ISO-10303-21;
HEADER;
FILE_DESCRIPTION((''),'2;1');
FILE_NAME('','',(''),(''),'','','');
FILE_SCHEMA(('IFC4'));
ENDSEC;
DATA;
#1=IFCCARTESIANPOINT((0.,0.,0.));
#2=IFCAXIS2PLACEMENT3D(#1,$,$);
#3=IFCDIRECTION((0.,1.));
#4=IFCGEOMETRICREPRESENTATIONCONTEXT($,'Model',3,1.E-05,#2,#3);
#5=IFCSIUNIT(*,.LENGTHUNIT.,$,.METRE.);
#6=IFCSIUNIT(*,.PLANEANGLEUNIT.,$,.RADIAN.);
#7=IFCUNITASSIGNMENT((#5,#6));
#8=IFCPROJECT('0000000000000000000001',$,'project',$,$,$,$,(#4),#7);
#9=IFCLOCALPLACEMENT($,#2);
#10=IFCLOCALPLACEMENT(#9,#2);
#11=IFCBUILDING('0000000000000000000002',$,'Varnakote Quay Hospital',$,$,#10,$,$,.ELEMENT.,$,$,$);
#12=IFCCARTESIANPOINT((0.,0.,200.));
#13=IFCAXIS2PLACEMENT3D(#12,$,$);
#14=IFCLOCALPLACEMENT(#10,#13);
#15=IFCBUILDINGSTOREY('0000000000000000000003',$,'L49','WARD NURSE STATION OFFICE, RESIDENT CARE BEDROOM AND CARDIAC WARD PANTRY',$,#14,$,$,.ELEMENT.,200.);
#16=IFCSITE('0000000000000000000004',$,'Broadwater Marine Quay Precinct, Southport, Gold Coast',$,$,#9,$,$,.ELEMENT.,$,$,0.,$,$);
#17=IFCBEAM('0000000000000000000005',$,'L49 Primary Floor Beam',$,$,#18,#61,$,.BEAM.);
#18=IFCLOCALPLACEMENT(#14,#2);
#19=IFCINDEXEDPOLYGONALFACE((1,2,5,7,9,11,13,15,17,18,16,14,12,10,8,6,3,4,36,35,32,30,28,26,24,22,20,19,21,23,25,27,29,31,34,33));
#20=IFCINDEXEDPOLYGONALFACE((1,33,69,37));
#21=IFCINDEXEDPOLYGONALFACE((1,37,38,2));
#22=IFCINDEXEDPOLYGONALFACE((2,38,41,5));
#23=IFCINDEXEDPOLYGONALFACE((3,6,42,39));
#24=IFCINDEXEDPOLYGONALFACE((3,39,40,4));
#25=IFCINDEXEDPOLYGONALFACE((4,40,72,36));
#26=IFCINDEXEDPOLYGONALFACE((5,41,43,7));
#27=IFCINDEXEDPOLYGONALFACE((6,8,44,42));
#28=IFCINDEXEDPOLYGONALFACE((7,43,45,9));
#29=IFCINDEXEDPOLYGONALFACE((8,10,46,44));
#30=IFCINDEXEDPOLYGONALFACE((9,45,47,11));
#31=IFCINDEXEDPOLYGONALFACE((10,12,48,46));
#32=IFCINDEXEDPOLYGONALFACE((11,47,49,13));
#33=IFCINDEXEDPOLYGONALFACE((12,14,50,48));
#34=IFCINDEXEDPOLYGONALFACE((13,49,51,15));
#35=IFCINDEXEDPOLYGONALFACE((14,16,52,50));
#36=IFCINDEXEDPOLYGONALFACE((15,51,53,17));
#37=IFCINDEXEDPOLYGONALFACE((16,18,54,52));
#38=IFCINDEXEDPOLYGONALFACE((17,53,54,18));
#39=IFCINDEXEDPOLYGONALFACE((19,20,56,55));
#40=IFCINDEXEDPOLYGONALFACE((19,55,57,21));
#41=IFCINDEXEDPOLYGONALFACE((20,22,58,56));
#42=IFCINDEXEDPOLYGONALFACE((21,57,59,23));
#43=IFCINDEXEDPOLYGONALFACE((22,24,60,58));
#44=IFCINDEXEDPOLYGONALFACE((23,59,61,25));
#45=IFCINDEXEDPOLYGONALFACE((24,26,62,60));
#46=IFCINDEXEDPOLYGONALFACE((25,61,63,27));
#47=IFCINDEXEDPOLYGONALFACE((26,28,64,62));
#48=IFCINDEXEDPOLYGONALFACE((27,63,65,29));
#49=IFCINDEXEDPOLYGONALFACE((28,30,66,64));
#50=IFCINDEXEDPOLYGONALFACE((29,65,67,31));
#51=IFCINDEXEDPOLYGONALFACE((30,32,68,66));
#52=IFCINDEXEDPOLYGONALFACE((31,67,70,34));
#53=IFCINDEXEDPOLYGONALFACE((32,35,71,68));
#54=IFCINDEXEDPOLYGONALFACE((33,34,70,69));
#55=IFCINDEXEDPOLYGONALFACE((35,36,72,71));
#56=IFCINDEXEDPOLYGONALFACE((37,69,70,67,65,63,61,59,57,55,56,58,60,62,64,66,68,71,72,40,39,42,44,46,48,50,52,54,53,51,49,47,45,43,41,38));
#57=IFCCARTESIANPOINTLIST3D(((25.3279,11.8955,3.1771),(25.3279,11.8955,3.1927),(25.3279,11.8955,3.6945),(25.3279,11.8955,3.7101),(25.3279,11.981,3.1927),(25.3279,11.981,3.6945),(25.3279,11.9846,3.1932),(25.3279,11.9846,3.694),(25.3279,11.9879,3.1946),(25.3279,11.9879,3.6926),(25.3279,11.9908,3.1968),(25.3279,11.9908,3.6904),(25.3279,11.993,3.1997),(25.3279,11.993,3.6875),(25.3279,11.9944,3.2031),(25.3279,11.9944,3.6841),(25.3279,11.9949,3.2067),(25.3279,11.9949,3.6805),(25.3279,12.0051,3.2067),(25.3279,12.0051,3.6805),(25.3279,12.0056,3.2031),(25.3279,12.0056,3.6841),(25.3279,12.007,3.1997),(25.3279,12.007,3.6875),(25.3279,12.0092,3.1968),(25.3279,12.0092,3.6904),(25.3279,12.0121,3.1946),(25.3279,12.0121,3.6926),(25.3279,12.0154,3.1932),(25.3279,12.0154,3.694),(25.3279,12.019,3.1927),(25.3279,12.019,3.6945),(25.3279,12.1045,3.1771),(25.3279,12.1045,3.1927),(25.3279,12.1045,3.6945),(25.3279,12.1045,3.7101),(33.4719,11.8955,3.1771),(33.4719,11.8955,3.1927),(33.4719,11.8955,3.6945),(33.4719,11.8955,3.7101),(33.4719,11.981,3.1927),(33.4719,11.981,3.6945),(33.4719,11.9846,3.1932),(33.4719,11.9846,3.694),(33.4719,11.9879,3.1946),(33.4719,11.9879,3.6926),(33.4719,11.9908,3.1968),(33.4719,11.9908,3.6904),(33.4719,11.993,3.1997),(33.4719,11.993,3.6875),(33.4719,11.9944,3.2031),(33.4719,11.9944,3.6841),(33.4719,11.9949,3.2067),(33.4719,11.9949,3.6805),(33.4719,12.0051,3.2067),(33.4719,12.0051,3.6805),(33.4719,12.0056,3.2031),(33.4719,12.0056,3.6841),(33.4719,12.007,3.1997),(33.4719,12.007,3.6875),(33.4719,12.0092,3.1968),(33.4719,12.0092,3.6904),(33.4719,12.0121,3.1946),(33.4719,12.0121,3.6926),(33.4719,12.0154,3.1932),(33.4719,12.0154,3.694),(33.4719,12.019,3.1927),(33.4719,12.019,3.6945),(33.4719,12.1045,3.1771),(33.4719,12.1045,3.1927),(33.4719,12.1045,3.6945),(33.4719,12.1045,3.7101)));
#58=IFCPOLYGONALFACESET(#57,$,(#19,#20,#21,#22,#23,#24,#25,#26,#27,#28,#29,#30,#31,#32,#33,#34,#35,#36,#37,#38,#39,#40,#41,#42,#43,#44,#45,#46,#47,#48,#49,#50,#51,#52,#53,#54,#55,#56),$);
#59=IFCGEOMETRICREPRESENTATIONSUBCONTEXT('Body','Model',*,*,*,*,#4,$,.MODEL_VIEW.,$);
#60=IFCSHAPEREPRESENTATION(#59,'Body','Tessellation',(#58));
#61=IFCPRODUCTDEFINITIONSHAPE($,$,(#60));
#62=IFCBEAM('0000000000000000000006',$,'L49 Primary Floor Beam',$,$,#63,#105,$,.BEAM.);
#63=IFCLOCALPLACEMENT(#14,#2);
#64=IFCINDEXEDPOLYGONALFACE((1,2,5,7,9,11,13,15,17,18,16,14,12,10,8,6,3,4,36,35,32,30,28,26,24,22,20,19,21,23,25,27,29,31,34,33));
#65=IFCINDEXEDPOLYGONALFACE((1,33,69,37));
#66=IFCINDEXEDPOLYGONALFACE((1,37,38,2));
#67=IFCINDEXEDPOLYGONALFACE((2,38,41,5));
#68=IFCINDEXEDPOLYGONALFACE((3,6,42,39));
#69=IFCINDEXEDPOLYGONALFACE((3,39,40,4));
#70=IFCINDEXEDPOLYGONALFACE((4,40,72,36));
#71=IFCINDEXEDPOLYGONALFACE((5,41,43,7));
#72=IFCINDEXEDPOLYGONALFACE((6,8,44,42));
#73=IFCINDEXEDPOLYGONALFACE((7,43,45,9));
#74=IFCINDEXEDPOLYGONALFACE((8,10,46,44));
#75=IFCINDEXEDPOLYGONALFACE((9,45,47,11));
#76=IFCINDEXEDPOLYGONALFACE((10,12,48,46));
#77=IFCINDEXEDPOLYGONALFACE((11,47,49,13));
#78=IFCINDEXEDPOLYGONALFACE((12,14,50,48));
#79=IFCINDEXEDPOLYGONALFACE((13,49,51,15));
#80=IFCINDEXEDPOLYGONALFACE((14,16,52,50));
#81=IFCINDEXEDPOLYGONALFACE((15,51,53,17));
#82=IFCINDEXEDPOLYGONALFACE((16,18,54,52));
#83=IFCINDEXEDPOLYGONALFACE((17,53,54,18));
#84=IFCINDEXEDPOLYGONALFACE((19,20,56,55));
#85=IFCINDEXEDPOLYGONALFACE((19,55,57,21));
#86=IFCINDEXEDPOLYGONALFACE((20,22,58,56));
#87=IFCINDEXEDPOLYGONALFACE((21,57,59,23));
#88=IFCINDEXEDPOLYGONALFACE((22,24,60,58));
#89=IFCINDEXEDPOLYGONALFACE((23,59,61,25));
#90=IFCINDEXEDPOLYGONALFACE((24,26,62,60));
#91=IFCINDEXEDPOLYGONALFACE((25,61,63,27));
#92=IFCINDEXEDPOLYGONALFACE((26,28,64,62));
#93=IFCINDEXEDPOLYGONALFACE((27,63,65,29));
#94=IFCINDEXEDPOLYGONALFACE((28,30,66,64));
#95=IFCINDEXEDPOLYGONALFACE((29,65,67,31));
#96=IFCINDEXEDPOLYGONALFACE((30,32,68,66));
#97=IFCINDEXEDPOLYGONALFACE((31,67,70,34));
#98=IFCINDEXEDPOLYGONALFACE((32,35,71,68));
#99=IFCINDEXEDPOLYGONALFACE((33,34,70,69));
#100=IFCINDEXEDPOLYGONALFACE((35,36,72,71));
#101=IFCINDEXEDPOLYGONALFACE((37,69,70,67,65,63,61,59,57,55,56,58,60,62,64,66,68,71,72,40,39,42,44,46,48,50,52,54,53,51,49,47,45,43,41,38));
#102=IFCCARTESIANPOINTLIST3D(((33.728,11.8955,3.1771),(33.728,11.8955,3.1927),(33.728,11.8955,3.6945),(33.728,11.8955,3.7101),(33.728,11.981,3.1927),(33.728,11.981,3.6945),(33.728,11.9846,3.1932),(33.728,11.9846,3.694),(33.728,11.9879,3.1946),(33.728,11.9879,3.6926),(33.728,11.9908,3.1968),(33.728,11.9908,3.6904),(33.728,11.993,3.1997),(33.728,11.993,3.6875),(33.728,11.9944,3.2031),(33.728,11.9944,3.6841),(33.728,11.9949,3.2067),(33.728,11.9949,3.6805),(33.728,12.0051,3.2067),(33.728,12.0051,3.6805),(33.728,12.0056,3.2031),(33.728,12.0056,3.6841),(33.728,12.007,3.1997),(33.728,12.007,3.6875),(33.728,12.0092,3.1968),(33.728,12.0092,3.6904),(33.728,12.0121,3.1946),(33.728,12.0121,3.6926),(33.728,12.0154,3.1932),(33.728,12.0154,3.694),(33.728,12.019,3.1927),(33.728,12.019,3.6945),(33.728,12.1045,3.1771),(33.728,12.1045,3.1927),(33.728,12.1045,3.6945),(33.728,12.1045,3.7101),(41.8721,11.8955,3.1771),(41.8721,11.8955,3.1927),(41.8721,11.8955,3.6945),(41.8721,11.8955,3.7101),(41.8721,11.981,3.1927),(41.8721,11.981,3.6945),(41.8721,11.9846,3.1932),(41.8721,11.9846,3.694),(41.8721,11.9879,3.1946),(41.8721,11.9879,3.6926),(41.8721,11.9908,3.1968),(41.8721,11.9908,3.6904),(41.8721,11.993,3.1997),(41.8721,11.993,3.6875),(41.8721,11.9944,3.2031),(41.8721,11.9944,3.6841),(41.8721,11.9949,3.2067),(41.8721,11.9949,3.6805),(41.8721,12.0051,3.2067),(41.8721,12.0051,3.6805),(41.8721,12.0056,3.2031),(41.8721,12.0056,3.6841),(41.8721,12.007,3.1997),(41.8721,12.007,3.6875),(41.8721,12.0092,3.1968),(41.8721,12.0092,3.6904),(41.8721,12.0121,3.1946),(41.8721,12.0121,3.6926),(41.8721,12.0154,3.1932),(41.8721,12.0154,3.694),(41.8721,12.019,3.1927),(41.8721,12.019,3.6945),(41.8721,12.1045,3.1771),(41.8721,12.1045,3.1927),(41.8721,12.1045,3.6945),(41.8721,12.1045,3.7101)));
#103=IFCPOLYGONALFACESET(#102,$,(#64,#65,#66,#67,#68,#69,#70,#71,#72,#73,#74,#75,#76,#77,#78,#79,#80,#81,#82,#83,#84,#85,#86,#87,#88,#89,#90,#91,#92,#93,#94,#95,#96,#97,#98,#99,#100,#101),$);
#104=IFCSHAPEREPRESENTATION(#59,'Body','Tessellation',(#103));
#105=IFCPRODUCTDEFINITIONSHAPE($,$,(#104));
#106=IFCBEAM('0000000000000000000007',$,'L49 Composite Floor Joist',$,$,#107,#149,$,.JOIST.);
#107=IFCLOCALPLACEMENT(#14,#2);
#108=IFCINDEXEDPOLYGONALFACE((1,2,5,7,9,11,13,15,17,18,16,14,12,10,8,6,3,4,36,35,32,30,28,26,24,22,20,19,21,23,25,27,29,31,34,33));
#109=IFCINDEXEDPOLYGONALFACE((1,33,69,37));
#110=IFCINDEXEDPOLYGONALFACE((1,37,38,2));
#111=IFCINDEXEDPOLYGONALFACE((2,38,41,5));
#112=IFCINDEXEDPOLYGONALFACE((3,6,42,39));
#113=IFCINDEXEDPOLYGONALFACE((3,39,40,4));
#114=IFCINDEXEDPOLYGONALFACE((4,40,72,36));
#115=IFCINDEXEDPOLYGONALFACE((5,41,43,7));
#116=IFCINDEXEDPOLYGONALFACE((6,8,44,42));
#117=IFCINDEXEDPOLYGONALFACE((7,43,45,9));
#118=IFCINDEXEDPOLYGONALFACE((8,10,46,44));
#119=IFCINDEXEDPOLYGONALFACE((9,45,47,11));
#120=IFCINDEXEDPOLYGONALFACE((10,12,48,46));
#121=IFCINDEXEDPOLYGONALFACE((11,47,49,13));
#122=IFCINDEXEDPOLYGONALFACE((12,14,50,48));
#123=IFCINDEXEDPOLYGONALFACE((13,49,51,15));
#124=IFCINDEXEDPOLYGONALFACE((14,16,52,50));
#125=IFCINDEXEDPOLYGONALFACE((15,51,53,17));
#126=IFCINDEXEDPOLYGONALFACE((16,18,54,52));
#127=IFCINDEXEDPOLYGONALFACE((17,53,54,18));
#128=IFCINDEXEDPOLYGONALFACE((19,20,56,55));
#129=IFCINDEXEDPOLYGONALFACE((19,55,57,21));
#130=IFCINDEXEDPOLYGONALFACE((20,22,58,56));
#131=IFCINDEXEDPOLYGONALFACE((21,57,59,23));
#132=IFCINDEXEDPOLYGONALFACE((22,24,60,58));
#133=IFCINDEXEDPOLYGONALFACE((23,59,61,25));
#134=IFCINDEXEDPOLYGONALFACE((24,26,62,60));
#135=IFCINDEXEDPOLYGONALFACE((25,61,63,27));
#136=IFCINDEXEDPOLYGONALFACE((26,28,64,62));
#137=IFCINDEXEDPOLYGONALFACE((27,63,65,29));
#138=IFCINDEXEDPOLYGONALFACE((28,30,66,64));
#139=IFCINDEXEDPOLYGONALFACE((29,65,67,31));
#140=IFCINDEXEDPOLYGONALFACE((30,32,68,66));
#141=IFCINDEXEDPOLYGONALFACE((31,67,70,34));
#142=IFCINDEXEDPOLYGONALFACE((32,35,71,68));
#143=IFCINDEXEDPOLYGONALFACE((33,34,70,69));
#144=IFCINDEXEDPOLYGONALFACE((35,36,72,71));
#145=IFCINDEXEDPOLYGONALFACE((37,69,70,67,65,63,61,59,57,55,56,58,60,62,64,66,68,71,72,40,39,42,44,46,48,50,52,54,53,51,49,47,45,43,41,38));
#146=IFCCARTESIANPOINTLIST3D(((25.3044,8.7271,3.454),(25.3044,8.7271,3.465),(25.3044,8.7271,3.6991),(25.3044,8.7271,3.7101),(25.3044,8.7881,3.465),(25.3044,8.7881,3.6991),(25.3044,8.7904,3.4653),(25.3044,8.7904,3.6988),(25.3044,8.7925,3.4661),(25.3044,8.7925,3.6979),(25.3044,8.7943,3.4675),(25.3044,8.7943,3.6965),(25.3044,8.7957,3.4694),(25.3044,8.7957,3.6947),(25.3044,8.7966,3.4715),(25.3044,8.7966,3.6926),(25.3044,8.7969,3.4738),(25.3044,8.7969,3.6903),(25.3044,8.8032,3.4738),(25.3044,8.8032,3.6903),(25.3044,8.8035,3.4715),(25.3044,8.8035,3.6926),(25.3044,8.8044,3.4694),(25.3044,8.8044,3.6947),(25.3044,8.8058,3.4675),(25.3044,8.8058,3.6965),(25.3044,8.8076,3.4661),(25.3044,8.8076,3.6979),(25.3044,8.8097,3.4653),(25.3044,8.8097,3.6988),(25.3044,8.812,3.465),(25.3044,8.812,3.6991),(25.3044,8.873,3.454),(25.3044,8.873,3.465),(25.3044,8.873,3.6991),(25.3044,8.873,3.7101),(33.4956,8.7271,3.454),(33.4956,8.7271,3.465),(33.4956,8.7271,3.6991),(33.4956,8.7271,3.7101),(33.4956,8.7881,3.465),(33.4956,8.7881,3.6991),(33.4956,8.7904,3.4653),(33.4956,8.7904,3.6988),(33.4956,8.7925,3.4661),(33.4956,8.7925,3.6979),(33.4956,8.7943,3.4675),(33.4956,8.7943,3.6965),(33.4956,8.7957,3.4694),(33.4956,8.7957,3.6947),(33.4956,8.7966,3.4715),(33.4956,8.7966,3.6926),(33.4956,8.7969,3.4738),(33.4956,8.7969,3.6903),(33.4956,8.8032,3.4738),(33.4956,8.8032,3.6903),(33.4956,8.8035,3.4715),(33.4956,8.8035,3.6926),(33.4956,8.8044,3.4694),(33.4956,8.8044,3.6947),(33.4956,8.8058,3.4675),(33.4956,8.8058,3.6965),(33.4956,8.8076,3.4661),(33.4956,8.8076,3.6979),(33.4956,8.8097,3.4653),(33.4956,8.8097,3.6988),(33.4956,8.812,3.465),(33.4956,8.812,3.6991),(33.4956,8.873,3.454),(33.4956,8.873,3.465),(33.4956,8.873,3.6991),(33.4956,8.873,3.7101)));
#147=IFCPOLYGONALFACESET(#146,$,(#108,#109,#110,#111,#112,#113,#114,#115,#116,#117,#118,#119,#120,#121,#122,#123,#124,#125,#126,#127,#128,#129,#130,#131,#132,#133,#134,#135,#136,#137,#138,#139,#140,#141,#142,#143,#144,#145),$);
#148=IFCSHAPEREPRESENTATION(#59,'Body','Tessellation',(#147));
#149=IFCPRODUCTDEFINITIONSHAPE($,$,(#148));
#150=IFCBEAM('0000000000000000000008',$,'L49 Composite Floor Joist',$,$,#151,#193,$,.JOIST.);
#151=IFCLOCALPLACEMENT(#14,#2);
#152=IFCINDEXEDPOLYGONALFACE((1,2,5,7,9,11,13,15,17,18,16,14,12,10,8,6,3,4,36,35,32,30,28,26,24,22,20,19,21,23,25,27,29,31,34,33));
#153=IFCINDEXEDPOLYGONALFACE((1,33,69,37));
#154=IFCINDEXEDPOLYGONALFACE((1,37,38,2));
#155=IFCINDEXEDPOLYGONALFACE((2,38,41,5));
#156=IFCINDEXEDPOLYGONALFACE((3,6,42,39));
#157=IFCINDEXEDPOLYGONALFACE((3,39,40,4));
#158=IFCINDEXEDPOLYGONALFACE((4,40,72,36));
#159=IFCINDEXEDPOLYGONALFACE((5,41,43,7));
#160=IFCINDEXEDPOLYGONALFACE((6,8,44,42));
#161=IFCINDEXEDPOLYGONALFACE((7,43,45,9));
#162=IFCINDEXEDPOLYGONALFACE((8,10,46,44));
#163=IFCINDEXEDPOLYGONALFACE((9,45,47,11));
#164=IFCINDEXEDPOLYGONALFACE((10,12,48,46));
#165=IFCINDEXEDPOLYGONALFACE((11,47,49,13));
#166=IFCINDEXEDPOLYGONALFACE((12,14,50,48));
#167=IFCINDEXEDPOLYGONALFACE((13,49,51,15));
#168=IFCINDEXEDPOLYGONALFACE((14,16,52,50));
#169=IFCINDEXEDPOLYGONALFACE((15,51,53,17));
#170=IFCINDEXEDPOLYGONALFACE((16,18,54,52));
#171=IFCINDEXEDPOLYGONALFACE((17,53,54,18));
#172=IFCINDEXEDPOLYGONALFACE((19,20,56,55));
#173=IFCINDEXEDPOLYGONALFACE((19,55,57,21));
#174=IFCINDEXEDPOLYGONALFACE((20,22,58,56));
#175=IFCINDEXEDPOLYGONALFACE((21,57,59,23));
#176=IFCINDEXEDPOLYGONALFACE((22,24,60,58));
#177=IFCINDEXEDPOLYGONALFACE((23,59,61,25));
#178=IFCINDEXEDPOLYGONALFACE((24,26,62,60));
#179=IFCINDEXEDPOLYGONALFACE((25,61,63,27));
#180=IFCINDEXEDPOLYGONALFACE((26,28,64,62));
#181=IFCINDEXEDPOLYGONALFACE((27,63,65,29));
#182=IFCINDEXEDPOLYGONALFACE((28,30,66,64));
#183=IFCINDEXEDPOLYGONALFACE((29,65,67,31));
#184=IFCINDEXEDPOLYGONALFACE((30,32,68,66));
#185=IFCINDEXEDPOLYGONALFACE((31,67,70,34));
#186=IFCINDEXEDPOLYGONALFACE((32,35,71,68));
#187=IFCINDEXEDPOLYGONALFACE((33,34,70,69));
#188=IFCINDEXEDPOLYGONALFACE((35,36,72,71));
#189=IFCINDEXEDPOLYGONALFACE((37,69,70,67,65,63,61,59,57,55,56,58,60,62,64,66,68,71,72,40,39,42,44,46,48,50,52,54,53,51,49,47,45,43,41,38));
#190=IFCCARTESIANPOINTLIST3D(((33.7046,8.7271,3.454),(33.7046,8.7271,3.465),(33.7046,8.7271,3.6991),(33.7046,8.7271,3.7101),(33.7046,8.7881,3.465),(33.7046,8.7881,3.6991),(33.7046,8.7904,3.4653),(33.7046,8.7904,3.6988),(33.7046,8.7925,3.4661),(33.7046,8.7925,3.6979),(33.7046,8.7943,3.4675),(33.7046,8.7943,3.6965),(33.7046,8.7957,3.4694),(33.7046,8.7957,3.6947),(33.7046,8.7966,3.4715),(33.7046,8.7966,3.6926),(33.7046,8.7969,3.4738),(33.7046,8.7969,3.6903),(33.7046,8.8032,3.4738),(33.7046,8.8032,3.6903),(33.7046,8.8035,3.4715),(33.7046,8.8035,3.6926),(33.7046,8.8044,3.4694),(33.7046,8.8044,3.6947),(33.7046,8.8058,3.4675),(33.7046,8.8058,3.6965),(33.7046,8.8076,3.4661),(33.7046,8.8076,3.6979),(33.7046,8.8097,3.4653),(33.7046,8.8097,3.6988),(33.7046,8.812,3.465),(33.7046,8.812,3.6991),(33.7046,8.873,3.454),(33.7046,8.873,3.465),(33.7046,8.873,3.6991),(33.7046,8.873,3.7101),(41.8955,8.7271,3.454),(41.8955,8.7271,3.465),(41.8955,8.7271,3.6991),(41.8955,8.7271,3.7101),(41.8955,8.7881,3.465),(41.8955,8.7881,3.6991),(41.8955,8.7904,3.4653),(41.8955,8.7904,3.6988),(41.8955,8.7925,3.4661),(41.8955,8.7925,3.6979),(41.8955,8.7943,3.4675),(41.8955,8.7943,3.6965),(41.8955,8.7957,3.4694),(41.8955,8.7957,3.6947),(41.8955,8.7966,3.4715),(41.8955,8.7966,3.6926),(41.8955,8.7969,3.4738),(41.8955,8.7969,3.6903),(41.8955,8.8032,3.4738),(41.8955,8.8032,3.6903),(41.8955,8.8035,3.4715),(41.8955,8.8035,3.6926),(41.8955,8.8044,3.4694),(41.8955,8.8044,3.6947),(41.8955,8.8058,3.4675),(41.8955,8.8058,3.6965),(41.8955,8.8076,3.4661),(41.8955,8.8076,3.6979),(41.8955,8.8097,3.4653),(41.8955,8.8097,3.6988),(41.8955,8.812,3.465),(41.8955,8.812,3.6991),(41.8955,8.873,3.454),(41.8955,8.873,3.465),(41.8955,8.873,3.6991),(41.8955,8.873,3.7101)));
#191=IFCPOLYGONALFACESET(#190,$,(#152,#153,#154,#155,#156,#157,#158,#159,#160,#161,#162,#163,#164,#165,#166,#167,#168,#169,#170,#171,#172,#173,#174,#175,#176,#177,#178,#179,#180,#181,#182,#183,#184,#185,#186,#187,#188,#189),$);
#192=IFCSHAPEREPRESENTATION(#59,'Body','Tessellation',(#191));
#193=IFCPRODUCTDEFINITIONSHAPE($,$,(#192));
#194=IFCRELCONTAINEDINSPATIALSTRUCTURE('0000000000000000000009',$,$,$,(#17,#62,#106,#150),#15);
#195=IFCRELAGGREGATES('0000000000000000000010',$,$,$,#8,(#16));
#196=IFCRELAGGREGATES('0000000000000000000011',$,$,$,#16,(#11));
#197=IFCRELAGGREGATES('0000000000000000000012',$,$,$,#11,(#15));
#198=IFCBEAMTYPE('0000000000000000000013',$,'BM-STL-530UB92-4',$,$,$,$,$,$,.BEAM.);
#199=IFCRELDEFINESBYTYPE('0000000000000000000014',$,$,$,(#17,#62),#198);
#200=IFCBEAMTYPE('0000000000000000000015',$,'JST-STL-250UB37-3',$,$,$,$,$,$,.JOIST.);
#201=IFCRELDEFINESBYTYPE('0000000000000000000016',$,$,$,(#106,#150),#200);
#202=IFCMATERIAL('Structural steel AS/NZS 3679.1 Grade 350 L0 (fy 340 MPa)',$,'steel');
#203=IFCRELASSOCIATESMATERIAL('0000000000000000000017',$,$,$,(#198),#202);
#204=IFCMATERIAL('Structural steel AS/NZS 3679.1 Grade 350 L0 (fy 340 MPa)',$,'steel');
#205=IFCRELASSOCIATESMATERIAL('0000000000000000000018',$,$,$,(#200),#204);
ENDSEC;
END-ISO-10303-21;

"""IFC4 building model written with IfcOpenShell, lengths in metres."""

from ifc_helpers import new_model, si_unit, direction, frame, origin, origin_2d, place, context, subcontext, project, spatial, i_section, extrude, material, material_profile, profile_set, type_object, element, save


model = new_model("IFC4")

# Units and contexts
model_context = context("Model", 3, precision=1e-05, world=origin(), true_north=direction((0.0, 1.0)))
body_context = subcontext(model_context, "Body", "Model", "MODEL_VIEW")
ifc_project = project(units=[si_unit("LENGTHUNIT", "METRE"), si_unit("PLANEANGLEUNIT", "RADIAN")], contexts=[model_context])

# Site, building, storey
site_placement = place(None, origin())
site = spatial("IfcSite", under=ifc_project, at=site_placement, Name="Broadwater Marine Quay Precinct, Southport, Gold Coast", CompositionType="ELEMENT", RefElevation=0.0)
building_placement = place(site_placement, origin())
building = spatial("IfcBuilding", under=site, at=building_placement, Name="Varnakote Quay Hospital", CompositionType="ELEMENT")
storey_placement = place(building_placement, frame((0.0, 0.0, 200.0)))
storey = spatial("IfcBuildingStorey", under=building, at=storey_placement, Name="L49", Description="WARD NURSE STATION OFFICE, RESIDENT CARE BEDROOM AND CARDIAC WARD PANTRY", CompositionType="ELEMENT", Elevation=200.0)

# Beams
ifc_material_1 = material(Name="Structural steel AS/NZS 3679.1 Grade 350 L0 (fy 340 MPa)", Category="steel")
ifc_material_profile_1 = material_profile(ifc_material_1, i_section(OverallWidth=0.209, OverallDepth=0.533, WebThickness=0.0103, FlangeThickness=0.0156, FilletRadius=0.0139, at=origin_2d()), Name="530UB92.4")
ifc_profile_set_1 = profile_set([ifc_material_profile_1], Name="Structural steel AS/NZS 3679.1 Grade 350 L0 (fy 340 MPa)")
beam_type_1 = type_object("IfcBeamType", Name="BM-STL-530UB92-4", PredefinedType="BEAM", material=ifc_profile_set_1)
for number, where, z_axis, x_axis, name in (
    (1, (25.3279, 12.0, 3.4436), (1.0, 0.0, 0.0), (0.0, 1.0, 0.0), "L49 Primary Floor Beam"),
    (2, (33.728, 12.0, 3.4436), (1.0, 0.0, 0.0), (0.0, 1.0, 0.0), "L49 Primary Floor Beam"),
):
    element("IfcBeam", number, at=place(storey_placement, frame(where, z_axis=z_axis, x_axis=x_axis)), inside=storey, type_object=beam_type_1, Name=name, PredefinedType="BEAM", context=body_context, shape_type="SweptSolid", body=[
        extrude(i_section(OverallWidth=0.209, OverallDepth=0.533, WebThickness=0.0103, FlangeThickness=0.0156, FilletRadius=0.0139, at=origin_2d()), origin(), (0.0, 0.0, 1.0), 8.144),
    ])
ifc_material_2 = material(Name="Structural steel AS/NZS 3679.1 Grade 350 L0 (fy 340 MPa)", Category="steel")
ifc_material_profile_2 = material_profile(ifc_material_2, i_section(OverallWidth=0.146, OverallDepth=0.2561, WebThickness=0.0063, FlangeThickness=0.011, FilletRadius=0.0088, at=origin_2d()), Name="250UB37.3")
ifc_profile_set_2 = profile_set([ifc_material_profile_2], Name="Structural steel AS/NZS 3679.1 Grade 350 L0 (fy 340 MPa)")
beam_type_2 = type_object("IfcBeamType", Name="JST-STL-250UB37-3", PredefinedType="JOIST", material=ifc_profile_set_2)
beam_1_placement = place(storey_placement, frame((25.3044, 8.8, 3.582), z_axis=(1.0, 0.0, 0.0), x_axis=(0.0, 1.0, 0.0)))
element("IfcBeam", 3, at=beam_1_placement, inside=storey, type_object=beam_type_2, Name="L49 Composite Floor Joist", PredefinedType="JOIST", context=body_context, shape_type="SweptSolid", body=[
    extrude(i_section(OverallWidth=0.146, OverallDepth=0.2561, WebThickness=0.0063, FlangeThickness=0.011, FilletRadius=0.0088, at=origin_2d()), origin(), (0.0, 0.0, 1.0), 8.1912),
])
beam_2_placement = place(storey_placement, frame((33.7046, 8.8, 3.582), z_axis=(1.0, 0.0, 0.0), x_axis=(0.0, 1.0, 0.0)))
element("IfcBeam", 4, at=beam_2_placement, inside=storey, type_object=beam_type_2, Name="L49 Composite Floor Joist", PredefinedType="JOIST", context=body_context, shape_type="SweptSolid", body=[
    extrude(i_section(OverallWidth=0.146, OverallDepth=0.2561, WebThickness=0.0063, FlangeThickness=0.011, FilletRadius=0.0088, at=origin_2d()), origin(), (0.0, 0.0, 1.0), 8.1909),
])

save(model, "model.ifc")
